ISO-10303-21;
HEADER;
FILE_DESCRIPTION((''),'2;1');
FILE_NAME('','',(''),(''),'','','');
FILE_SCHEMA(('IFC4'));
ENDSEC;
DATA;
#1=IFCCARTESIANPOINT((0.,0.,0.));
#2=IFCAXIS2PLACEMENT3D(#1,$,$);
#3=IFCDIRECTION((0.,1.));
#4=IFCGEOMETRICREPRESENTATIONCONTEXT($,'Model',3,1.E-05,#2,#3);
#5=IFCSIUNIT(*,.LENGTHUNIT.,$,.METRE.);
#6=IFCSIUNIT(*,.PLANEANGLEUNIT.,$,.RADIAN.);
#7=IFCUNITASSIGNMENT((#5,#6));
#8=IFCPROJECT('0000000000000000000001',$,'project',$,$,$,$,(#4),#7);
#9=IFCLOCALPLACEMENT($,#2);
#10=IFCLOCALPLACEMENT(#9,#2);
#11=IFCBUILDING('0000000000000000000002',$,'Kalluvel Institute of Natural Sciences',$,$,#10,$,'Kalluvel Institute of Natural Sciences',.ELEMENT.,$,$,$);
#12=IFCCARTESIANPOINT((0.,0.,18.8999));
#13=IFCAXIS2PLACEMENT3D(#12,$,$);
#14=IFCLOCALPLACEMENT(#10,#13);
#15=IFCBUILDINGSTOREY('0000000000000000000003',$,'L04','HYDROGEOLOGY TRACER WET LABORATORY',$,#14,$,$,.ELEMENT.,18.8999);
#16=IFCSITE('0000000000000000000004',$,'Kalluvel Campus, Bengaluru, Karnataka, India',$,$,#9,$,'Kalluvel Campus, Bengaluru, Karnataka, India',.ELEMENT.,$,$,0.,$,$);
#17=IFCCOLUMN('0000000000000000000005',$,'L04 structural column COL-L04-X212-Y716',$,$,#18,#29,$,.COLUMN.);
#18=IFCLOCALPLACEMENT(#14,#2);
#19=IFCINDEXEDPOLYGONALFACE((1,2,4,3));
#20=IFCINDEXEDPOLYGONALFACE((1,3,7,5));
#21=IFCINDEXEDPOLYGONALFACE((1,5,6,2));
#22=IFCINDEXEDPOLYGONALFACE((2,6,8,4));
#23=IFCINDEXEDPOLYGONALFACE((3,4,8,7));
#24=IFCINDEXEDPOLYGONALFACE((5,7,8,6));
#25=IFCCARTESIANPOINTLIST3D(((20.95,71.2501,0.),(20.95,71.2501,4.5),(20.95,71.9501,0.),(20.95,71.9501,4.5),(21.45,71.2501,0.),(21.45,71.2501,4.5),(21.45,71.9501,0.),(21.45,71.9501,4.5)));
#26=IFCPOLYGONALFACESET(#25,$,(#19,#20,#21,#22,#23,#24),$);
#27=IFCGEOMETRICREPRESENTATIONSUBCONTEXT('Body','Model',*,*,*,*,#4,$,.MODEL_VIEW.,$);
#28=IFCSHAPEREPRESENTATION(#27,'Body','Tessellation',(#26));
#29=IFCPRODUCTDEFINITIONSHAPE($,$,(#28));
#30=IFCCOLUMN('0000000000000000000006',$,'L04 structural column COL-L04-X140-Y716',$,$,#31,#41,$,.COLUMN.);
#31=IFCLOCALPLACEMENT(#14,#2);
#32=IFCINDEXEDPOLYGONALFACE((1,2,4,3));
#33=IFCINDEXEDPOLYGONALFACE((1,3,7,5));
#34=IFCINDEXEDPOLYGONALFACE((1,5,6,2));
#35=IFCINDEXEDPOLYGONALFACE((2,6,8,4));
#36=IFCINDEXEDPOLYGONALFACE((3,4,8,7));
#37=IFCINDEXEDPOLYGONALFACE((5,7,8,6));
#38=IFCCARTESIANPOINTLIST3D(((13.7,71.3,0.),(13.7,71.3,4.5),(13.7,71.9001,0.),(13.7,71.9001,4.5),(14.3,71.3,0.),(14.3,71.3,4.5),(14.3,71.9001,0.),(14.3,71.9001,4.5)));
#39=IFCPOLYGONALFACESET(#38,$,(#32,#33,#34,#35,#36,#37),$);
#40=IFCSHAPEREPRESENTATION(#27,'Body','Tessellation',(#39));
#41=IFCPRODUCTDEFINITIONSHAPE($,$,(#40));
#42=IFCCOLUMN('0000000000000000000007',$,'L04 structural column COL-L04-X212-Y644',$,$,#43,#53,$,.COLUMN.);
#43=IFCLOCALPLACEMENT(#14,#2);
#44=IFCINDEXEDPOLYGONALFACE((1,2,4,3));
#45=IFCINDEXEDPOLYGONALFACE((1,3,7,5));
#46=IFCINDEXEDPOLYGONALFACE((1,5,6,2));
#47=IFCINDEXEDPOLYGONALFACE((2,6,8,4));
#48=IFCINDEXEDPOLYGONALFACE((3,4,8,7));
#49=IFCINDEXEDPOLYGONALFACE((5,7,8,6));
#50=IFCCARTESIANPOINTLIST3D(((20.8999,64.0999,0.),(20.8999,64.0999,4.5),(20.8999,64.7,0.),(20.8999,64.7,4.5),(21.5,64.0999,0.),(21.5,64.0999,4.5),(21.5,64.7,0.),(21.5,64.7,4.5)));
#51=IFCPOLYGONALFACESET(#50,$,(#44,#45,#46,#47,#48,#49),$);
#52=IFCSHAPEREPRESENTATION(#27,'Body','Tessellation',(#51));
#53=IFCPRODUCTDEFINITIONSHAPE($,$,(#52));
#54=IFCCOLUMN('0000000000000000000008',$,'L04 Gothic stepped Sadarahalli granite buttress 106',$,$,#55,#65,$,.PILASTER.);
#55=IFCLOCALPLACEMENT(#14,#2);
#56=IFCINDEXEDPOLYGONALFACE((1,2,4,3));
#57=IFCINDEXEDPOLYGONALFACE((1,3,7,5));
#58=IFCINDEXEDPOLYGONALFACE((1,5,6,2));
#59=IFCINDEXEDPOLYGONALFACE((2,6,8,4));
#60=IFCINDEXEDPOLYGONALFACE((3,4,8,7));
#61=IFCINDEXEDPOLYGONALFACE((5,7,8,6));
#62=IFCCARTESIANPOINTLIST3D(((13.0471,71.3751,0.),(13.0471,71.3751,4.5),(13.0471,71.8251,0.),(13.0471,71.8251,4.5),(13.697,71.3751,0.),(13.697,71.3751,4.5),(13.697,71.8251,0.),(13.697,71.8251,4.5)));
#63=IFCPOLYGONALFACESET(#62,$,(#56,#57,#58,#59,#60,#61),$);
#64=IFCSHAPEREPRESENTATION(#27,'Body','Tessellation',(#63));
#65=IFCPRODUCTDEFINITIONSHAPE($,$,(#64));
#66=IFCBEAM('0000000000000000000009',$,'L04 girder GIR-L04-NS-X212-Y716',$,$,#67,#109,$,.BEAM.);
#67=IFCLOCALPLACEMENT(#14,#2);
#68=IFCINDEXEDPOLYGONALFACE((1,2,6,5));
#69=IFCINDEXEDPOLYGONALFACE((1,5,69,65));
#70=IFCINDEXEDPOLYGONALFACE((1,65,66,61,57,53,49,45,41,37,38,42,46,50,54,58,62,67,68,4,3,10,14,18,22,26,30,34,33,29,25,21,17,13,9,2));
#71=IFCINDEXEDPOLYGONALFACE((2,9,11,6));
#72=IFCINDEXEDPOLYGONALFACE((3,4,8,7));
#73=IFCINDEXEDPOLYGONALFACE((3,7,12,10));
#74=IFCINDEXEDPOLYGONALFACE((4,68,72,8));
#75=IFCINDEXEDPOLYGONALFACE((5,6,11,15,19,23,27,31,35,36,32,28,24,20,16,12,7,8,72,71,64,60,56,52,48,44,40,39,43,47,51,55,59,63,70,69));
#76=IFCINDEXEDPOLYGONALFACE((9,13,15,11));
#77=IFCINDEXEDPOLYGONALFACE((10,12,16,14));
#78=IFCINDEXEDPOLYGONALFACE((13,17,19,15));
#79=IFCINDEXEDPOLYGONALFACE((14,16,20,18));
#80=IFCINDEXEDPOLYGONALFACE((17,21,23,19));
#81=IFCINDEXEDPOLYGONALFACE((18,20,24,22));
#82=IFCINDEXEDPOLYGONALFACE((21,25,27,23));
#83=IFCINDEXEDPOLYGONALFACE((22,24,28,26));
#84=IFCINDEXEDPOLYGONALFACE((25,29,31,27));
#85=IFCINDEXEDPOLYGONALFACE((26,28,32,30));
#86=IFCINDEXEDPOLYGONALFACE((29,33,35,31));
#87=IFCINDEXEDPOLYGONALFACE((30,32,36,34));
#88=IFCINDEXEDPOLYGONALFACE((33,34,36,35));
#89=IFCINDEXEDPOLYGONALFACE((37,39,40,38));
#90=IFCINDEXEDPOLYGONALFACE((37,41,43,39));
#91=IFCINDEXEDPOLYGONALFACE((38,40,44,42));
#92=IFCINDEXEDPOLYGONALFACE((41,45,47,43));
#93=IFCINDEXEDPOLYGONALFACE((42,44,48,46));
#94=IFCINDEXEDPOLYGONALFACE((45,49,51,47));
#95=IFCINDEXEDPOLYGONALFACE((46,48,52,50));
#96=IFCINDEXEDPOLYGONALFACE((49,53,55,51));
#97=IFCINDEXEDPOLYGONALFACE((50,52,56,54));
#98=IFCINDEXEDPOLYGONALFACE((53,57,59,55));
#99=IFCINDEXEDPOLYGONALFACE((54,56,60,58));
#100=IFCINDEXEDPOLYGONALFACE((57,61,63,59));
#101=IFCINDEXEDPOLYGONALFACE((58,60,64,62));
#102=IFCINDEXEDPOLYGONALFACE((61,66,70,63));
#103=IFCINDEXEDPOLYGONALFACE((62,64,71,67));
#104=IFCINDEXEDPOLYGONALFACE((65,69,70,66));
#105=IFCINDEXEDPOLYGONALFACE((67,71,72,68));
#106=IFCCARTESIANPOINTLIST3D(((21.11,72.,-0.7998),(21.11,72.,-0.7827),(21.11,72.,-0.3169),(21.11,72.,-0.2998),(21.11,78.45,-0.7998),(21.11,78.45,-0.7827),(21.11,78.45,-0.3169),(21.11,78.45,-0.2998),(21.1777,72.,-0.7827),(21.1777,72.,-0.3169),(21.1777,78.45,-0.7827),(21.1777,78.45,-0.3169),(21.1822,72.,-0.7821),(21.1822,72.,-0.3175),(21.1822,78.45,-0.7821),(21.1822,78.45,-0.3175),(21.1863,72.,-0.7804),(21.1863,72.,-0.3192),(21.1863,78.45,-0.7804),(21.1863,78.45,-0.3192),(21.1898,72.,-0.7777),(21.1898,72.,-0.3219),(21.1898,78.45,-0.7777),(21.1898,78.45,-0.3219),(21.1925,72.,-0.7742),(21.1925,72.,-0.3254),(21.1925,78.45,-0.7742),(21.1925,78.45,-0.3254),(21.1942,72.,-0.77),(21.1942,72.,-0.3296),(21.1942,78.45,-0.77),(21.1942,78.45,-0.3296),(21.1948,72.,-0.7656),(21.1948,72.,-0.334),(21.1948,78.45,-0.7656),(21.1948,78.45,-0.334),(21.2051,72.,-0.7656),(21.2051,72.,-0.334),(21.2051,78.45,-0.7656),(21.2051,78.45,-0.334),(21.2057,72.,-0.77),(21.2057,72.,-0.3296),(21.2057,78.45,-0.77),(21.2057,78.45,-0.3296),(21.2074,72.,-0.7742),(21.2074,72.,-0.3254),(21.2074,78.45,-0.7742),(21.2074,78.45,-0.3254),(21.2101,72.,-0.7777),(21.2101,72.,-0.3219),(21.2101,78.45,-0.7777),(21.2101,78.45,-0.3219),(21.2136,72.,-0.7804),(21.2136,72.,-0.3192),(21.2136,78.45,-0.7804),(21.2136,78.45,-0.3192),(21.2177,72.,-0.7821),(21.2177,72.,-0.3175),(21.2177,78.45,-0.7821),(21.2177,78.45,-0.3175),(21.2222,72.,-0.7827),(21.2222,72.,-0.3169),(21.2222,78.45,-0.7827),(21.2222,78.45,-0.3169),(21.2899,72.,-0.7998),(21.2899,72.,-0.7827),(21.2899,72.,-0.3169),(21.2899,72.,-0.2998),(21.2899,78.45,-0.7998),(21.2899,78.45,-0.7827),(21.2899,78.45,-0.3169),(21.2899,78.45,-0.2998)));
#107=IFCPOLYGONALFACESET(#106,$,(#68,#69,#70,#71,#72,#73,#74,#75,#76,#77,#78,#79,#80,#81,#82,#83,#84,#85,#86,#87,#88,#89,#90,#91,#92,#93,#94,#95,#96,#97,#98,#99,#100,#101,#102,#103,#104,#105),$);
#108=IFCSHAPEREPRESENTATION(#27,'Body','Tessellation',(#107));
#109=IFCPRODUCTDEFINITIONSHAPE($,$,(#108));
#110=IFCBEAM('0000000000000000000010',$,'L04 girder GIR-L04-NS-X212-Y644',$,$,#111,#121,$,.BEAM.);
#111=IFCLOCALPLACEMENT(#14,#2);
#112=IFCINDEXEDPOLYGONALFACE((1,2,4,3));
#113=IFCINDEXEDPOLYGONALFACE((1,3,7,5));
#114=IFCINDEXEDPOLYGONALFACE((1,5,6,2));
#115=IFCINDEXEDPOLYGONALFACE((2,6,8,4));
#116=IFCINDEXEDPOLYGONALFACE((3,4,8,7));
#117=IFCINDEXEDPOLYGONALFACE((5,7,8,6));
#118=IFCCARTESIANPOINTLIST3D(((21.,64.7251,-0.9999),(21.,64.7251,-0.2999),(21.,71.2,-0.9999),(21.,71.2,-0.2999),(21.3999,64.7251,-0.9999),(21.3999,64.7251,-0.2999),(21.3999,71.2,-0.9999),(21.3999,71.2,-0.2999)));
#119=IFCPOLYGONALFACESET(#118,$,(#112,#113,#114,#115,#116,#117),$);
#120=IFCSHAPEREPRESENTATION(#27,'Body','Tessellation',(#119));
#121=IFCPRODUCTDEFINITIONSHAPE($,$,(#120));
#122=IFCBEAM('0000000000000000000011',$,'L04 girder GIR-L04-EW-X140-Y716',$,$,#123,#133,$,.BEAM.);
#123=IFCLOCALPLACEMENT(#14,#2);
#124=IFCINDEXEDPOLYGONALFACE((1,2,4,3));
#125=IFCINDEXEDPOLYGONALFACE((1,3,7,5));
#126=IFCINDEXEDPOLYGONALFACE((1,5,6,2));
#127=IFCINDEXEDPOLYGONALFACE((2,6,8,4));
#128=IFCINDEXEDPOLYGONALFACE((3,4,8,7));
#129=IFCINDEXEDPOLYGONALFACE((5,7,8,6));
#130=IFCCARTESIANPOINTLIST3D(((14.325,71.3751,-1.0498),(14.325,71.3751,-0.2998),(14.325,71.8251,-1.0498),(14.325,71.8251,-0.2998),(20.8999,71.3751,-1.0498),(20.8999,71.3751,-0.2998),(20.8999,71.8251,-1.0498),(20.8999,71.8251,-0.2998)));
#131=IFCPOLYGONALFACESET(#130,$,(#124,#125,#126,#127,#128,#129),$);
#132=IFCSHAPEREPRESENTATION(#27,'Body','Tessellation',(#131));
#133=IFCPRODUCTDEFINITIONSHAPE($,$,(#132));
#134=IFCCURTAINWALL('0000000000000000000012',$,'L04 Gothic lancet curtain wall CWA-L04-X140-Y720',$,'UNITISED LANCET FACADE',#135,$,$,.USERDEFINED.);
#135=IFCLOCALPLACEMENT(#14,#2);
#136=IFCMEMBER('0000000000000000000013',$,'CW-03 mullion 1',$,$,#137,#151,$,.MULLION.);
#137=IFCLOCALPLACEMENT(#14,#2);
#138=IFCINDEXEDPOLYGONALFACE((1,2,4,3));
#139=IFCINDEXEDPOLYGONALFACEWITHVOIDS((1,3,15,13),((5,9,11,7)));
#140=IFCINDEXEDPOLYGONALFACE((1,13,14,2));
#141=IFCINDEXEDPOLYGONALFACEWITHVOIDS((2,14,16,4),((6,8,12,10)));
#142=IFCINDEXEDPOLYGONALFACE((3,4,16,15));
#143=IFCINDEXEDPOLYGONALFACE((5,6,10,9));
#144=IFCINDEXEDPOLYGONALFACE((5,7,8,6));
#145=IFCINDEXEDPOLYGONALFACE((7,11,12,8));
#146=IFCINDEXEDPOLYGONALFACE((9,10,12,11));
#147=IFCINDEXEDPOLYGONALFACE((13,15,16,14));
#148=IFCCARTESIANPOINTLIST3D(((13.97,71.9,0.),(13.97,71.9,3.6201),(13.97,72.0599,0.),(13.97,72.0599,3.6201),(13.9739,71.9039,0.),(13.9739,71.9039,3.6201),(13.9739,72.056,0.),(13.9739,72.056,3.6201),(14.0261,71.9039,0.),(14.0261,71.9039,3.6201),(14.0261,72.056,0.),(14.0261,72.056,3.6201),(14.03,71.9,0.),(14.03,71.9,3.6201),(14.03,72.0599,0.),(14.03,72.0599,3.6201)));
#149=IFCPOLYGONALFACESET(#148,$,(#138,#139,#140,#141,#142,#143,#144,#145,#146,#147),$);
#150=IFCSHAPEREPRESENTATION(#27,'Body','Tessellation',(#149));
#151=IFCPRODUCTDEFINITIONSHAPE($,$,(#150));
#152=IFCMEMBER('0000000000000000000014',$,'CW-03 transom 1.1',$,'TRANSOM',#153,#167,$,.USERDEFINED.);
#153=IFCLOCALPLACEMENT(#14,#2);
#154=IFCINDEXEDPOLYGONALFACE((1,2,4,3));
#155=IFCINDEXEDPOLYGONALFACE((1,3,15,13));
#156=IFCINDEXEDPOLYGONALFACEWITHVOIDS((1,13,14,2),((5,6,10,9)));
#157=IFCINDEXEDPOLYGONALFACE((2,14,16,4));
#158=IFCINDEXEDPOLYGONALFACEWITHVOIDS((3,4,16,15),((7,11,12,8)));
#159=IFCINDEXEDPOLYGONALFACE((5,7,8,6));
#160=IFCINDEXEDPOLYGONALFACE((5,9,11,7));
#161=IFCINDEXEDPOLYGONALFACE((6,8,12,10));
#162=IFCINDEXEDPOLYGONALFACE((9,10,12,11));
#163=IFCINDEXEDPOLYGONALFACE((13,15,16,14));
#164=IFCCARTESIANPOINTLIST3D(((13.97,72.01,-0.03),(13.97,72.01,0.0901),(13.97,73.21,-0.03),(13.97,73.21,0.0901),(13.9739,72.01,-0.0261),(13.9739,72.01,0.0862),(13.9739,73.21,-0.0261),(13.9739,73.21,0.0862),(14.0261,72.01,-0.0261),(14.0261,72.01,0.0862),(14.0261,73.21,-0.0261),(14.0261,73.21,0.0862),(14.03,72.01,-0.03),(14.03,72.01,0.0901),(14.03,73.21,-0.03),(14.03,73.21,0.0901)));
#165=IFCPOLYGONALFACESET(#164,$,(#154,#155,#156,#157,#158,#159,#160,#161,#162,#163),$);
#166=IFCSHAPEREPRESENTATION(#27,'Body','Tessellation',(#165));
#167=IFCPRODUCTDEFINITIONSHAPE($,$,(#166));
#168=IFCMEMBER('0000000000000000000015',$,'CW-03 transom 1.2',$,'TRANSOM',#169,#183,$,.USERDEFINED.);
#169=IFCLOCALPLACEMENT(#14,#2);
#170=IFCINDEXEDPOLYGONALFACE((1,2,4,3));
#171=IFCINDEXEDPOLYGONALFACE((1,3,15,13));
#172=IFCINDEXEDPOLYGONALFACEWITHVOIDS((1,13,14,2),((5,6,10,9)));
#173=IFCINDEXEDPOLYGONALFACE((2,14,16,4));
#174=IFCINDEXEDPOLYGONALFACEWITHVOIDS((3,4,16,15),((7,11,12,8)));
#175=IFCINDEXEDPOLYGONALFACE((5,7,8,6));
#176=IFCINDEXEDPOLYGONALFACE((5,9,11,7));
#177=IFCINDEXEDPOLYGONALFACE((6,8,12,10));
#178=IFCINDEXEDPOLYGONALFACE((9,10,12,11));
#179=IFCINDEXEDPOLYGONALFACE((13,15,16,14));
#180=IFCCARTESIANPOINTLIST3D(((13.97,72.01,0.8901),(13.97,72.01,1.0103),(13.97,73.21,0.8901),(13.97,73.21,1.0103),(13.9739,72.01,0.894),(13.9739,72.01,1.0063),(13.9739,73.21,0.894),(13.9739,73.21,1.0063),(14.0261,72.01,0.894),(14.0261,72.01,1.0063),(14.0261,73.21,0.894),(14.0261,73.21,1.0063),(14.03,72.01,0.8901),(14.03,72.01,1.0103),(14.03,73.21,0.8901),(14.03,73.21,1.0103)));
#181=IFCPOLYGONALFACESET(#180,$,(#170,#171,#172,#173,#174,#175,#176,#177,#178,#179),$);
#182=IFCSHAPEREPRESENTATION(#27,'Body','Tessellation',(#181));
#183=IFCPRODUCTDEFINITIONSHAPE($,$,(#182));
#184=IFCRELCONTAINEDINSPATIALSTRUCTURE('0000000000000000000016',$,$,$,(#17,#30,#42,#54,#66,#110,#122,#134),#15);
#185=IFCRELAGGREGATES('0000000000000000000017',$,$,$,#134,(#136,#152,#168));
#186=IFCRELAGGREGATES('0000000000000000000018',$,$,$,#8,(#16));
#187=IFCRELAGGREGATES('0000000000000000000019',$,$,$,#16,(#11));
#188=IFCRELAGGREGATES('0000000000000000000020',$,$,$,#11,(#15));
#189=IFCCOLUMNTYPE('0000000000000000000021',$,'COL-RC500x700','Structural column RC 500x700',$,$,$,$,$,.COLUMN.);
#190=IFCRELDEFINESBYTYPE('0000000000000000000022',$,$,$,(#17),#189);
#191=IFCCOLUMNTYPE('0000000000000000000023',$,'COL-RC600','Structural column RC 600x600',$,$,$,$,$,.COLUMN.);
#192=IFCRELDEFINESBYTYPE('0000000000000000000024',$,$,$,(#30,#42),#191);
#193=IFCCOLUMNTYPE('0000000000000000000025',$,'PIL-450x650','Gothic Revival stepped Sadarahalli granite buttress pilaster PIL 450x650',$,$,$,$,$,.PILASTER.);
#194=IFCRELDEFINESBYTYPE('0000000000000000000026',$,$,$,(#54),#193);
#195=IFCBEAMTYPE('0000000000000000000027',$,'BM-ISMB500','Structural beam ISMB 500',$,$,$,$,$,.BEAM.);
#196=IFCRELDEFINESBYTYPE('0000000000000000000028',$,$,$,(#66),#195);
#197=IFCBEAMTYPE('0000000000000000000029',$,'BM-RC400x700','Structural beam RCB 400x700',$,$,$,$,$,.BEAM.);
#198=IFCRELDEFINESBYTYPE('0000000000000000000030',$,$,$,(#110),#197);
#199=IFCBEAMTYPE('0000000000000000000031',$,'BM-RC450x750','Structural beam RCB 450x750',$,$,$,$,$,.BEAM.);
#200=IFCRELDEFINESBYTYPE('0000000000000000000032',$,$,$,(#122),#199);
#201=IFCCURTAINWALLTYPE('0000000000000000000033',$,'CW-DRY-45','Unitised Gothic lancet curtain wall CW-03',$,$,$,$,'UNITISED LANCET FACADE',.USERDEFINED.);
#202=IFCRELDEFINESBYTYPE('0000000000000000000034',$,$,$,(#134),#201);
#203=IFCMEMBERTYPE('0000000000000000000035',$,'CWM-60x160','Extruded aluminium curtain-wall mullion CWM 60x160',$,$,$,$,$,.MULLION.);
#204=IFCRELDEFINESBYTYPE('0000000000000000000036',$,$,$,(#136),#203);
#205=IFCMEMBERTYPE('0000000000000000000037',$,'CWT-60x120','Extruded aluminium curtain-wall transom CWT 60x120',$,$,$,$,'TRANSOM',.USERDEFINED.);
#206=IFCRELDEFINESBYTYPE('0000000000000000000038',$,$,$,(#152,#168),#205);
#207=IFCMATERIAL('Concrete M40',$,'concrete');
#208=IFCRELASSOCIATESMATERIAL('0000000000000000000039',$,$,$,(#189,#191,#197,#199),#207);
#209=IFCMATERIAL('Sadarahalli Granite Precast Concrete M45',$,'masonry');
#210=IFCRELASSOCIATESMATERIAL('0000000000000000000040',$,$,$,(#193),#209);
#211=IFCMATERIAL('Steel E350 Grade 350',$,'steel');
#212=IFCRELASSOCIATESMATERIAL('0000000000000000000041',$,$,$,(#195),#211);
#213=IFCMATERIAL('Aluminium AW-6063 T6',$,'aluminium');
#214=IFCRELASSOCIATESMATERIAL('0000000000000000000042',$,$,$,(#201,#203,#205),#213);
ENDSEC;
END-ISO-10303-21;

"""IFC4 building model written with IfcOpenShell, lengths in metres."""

from ifc_helpers import new_model, si_unit, direction, frame, origin, origin_2d, place, context, subcontext, project, spatial, rectangle, hollow_rectangle, i_section, extrude, material, material_profile, profile_set, type_object, element, aggregate, save


model = new_model("IFC4")

# Units and contexts
model_context = context("Model", 3, precision=1e-05, world=origin(), true_north=direction((0.0, 1.0)))
body_context = subcontext(model_context, "Body", "Model", "MODEL_VIEW")
ifc_project = project(units=[si_unit("LENGTHUNIT", "METRE"), si_unit("PLANEANGLEUNIT", "RADIAN")], contexts=[model_context])

# Site, building, storey
site_placement = place(None, origin())
site = spatial("IfcSite", under=ifc_project, at=site_placement, Name="Kalluvel Campus, Bengaluru, Karnataka, India", LongName="Kalluvel Campus, Bengaluru, Karnataka, India", CompositionType="ELEMENT", RefElevation=0.0)
building_placement = place(site_placement, origin())
building = spatial("IfcBuilding", under=site, at=building_placement, Name="Kalluvel Institute of Natural Sciences", LongName="Kalluvel Institute of Natural Sciences", CompositionType="ELEMENT")
storey_placement = place(building_placement, frame((0.0, 0.0, 18.8999)))
storey = spatial("IfcBuildingStorey", under=building, at=storey_placement, Name="L04", Description="HYDROGEOLOGY TRACER WET LABORATORY", CompositionType="ELEMENT", Elevation=18.8999)

# Columns
ifc_material_1 = material(Name="Concrete M40", Category="concrete")
ifc_material_profile_1 = material_profile(ifc_material_1, rectangle(XDim=0.5, YDim=0.7, at=origin_2d()), Name="RC 500x700")
ifc_profile_set_1 = profile_set([ifc_material_profile_1], Name="Concrete M40")
column_type_1 = type_object("IfcColumnType", Name="COL-RC500x700", Description="Structural column RC 500x700", PredefinedType="COLUMN", material=ifc_profile_set_1)
column_1_placement = place(storey_placement, frame((21.2, 71.6001, 0.0), z_axis=(0.0, 0.0, 1.0), x_axis=(1.0, 0.0, 0.0)))
element("IfcColumn", 1, at=column_1_placement, inside=storey, type_object=column_type_1, Name="L04 structural column COL-L04-X212-Y716", PredefinedType="COLUMN", context=body_context, shape_type="SweptSolid", body=[
    extrude(rectangle(XDim=0.5, YDim=0.7, at=origin_2d()), origin(), (0.0, 0.0, 1.0), 4.5),
])
ifc_material_profile_2 = material_profile(ifc_material_1, rectangle(XDim=0.6001, YDim=0.6001, at=origin_2d()), Name="RC 600x600")
ifc_profile_set_2 = profile_set([ifc_material_profile_2], Name="Concrete M40")
column_type_2 = type_object("IfcColumnType", Name="COL-RC600", Description="Structural column RC 600x600", PredefinedType="COLUMN", material=ifc_profile_set_2)
for number, where, z_axis, x_axis, name in (
    (2, (14.0, 71.6001, 0.0), (0.0, 0.0, 1.0), (1.0, 0.0, 0.0), "L04 structural column COL-L04-X140-Y716"),
    (3, (21.2, 64.3999, 0.0), (0.0, 0.0, 1.0), (1.0, 0.0, 0.0), "L04 structural column COL-L04-X212-Y644"),
):
    element("IfcColumn", number, at=place(storey_placement, frame(where, z_axis=z_axis, x_axis=x_axis)), inside=storey, type_object=column_type_2, Name=name, PredefinedType="COLUMN", context=body_context, shape_type="SweptSolid", body=[
        extrude(rectangle(XDim=0.6001, YDim=0.6001, at=origin_2d()), origin(), (0.0, 0.0, 1.0), 4.5),
    ])
ifc_material_2 = material(Name="Sadarahalli Granite Precast Concrete M45", Category="masonry")
ifc_material_profile_3 = material_profile(ifc_material_2, rectangle(XDim=0.45, YDim=0.6499, at=origin_2d()), Name="PIL 450x650")
ifc_profile_set_3 = profile_set([ifc_material_profile_3], Name="Sadarahalli Granite Precast Concrete M45")
column_type_3 = type_object("IfcColumnType", Name="PIL-450x650", Description="Gothic Revival stepped Sadarahalli granite buttress pilaster PIL 450x650", PredefinedType="PILASTER", material=ifc_profile_set_3)
column_2_placement = place(storey_placement, frame((13.3721, 71.6001, 0.0), z_axis=(0.0, 0.0, 1.0), x_axis=(0.0, 1.0, 0.0)))
element("IfcColumn", 4, at=column_2_placement, inside=storey, type_object=column_type_3, Name="L04 Gothic stepped Sadarahalli granite buttress 106", PredefinedType="PILASTER", context=body_context, shape_type="SweptSolid", body=[
    extrude(rectangle(XDim=0.45, YDim=0.6499, at=origin_2d()), origin(), (0.0, 0.0, 1.0), 4.5),
])

# Beams
ifc_material_3 = material(Name="Steel E350 Grade 350", Category="steel")
ifc_material_profile_4 = material_profile(ifc_material_3, i_section(OverallWidth=0.1799, OverallDepth=0.5, WebThickness=0.0103, FlangeThickness=0.0171, FilletRadius=0.0171, at=origin_2d()), Name="ISMB 500")
ifc_profile_set_4 = profile_set([ifc_material_profile_4], Name="Steel E350 Grade 350")
beam_type_1 = type_object("IfcBeamType", Name="BM-ISMB500", Description="Structural beam ISMB 500", PredefinedType="BEAM", material=ifc_profile_set_4)
beam_1_placement = place(storey_placement, frame((21.2, 72.0, -0.5498), z_axis=(0.0, 1.0, 0.0), x_axis=(-1.0, 0.0, 0.0)))
element("IfcBeam", 5, at=beam_1_placement, inside=storey, type_object=beam_type_1, Name="L04 girder GIR-L04-NS-X212-Y716", PredefinedType="BEAM", context=body_context, shape_type="SweptSolid", body=[
    extrude(i_section(OverallWidth=0.1799, OverallDepth=0.5, WebThickness=0.0103, FlangeThickness=0.0171, FilletRadius=0.0171, at=origin_2d()), origin(), (0.0, 0.0, 1.0), 6.45),
])
ifc_material_profile_5 = material_profile(ifc_material_1, rectangle(XDim=0.3999, YDim=0.7, at=origin_2d()), Name="RCB 400x700")
ifc_profile_set_5 = profile_set([ifc_material_profile_5], Name="Concrete M40")
beam_type_2 = type_object("IfcBeamType", Name="BM-RC400x700", Description="Structural beam RCB 400x700", PredefinedType="BEAM", material=ifc_profile_set_5)
beam_2_placement = place(storey_placement, frame((21.2, 64.7251, -0.6499), z_axis=(0.0, 1.0, 0.0), x_axis=(-1.0, 0.0, 0.0)))
element("IfcBeam", 6, at=beam_2_placement, inside=storey, type_object=beam_type_2, Name="L04 girder GIR-L04-NS-X212-Y644", PredefinedType="BEAM", context=body_context, shape_type="SweptSolid", body=[
    extrude(rectangle(XDim=0.3999, YDim=0.7, at=origin_2d()), origin(), (0.0, 0.0, 1.0), 6.4749),
])
ifc_material_profile_6 = material_profile(ifc_material_1, rectangle(XDim=0.45, YDim=0.75, at=origin_2d()), Name="RCB 450x750")
ifc_profile_set_6 = profile_set([ifc_material_profile_6], Name="Concrete M40")
beam_type_3 = type_object("IfcBeamType", Name="BM-RC450x750", Description="Structural beam RCB 450x750", PredefinedType="BEAM", material=ifc_profile_set_6)
beam_3_placement = place(storey_placement, frame((14.325, 71.6001, -0.6748), z_axis=(1.0, 0.0, 0.0), x_axis=(0.0, 1.0, 0.0)))
element("IfcBeam", 7, at=beam_3_placement, inside=storey, type_object=beam_type_3, Name="L04 girder GIR-L04-EW-X140-Y716", PredefinedType="BEAM", context=body_context, shape_type="SweptSolid", body=[
    extrude(rectangle(XDim=0.45, YDim=0.75, at=origin_2d()), origin(), (0.0, 0.0, 1.0), 6.575),
])

# Curtain wall, members
ifc_material_4 = material(Name="Aluminium AW-6063 T6", Category="aluminium")
curtain_wall_type = type_object("IfcCurtainWallType", Name="CW-DRY-45", Description="Unitised Gothic lancet curtain wall CW-03", ElementType="UNITISED LANCET FACADE", PredefinedType="USERDEFINED", material=ifc_material_4)
curtain_wall_placement = place(storey_placement, origin())
curtain_wall = element("IfcCurtainWall", 8, at=curtain_wall_placement, inside=storey, type_object=curtain_wall_type, Name="L04 Gothic lancet curtain wall CWA-L04-X140-Y720", ObjectType="UNITISED LANCET FACADE", PredefinedType="USERDEFINED")
ifc_material_profile_7 = material_profile(ifc_material_4, hollow_rectangle(XDim=0.0601, YDim=0.1599, WallThickness=0.0039, at=origin_2d()), Name="CWM 60x160")
ifc_profile_set_7 = profile_set([ifc_material_profile_7], Name="Aluminium AW-6063 T6")
member_type_1 = type_object("IfcMemberType", Name="CWM-60x160", Description="Extruded aluminium curtain-wall mullion CWM 60x160", PredefinedType="MULLION", material=ifc_profile_set_7)
member_1_placement = place(storey_placement, frame((14.0, 71.98, 0.0), z_axis=(0.0, 0.0, 1.0), x_axis=(-1.0, 0.0, 0.0)))
member_1 = element("IfcMember", 9, at=member_1_placement, type_object=member_type_1, Name="CW-03 mullion 1", PredefinedType="MULLION", context=body_context, shape_type="SweptSolid", body=[
    extrude(hollow_rectangle(XDim=0.0601, YDim=0.1599, WallThickness=0.0039, at=origin_2d()), origin(), (0.0, 0.0, 1.0), 3.6201),
])
ifc_material_profile_8 = material_profile(ifc_material_4, hollow_rectangle(XDim=0.0601, YDim=0.1201, WallThickness=0.0039, at=origin_2d()), Name="CWT 60x120")
ifc_profile_set_8 = profile_set([ifc_material_profile_8], Name="Aluminium AW-6063 T6")
member_type_2 = type_object("IfcMemberType", Name="CWT-60x120", Description="Extruded aluminium curtain-wall transom CWT 60x120", ElementType="TRANSOM", PredefinedType="USERDEFINED", material=ifc_profile_set_8)
member_2_placement = place(storey_placement, frame((14.0, 72.01, 0.03), z_axis=(0.0, 1.0, 0.0), x_axis=(-1.0, 0.0, 0.0)))
member_2 = element("IfcMember", 10, at=member_2_placement, type_object=member_type_2, Name="CW-03 transom 1.1", ObjectType="TRANSOM", PredefinedType="USERDEFINED", context=body_context, shape_type="SweptSolid", body=[
    extrude(hollow_rectangle(XDim=0.0601, YDim=0.1201, WallThickness=0.0039, at=origin_2d()), origin(), (0.0, 0.0, 1.0), 1.2),
])
member_3_placement = place(storey_placement, frame((14.0, 72.01, 0.9502), z_axis=(0.0, 1.0, 0.0), x_axis=(-1.0, 0.0, 0.0)))
member_3 = element("IfcMember", 11, at=member_3_placement, type_object=member_type_2, Name="CW-03 transom 1.2", ObjectType="TRANSOM", PredefinedType="USERDEFINED", context=body_context, shape_type="SweptSolid", body=[
    extrude(hollow_rectangle(XDim=0.0601, YDim=0.1201, WallThickness=0.0039, at=origin_2d()), origin(), (0.0, 0.0, 1.0), 1.2),
])

aggregate(curtain_wall, [member_1, member_2, member_3])

save(model, "model.ifc")
